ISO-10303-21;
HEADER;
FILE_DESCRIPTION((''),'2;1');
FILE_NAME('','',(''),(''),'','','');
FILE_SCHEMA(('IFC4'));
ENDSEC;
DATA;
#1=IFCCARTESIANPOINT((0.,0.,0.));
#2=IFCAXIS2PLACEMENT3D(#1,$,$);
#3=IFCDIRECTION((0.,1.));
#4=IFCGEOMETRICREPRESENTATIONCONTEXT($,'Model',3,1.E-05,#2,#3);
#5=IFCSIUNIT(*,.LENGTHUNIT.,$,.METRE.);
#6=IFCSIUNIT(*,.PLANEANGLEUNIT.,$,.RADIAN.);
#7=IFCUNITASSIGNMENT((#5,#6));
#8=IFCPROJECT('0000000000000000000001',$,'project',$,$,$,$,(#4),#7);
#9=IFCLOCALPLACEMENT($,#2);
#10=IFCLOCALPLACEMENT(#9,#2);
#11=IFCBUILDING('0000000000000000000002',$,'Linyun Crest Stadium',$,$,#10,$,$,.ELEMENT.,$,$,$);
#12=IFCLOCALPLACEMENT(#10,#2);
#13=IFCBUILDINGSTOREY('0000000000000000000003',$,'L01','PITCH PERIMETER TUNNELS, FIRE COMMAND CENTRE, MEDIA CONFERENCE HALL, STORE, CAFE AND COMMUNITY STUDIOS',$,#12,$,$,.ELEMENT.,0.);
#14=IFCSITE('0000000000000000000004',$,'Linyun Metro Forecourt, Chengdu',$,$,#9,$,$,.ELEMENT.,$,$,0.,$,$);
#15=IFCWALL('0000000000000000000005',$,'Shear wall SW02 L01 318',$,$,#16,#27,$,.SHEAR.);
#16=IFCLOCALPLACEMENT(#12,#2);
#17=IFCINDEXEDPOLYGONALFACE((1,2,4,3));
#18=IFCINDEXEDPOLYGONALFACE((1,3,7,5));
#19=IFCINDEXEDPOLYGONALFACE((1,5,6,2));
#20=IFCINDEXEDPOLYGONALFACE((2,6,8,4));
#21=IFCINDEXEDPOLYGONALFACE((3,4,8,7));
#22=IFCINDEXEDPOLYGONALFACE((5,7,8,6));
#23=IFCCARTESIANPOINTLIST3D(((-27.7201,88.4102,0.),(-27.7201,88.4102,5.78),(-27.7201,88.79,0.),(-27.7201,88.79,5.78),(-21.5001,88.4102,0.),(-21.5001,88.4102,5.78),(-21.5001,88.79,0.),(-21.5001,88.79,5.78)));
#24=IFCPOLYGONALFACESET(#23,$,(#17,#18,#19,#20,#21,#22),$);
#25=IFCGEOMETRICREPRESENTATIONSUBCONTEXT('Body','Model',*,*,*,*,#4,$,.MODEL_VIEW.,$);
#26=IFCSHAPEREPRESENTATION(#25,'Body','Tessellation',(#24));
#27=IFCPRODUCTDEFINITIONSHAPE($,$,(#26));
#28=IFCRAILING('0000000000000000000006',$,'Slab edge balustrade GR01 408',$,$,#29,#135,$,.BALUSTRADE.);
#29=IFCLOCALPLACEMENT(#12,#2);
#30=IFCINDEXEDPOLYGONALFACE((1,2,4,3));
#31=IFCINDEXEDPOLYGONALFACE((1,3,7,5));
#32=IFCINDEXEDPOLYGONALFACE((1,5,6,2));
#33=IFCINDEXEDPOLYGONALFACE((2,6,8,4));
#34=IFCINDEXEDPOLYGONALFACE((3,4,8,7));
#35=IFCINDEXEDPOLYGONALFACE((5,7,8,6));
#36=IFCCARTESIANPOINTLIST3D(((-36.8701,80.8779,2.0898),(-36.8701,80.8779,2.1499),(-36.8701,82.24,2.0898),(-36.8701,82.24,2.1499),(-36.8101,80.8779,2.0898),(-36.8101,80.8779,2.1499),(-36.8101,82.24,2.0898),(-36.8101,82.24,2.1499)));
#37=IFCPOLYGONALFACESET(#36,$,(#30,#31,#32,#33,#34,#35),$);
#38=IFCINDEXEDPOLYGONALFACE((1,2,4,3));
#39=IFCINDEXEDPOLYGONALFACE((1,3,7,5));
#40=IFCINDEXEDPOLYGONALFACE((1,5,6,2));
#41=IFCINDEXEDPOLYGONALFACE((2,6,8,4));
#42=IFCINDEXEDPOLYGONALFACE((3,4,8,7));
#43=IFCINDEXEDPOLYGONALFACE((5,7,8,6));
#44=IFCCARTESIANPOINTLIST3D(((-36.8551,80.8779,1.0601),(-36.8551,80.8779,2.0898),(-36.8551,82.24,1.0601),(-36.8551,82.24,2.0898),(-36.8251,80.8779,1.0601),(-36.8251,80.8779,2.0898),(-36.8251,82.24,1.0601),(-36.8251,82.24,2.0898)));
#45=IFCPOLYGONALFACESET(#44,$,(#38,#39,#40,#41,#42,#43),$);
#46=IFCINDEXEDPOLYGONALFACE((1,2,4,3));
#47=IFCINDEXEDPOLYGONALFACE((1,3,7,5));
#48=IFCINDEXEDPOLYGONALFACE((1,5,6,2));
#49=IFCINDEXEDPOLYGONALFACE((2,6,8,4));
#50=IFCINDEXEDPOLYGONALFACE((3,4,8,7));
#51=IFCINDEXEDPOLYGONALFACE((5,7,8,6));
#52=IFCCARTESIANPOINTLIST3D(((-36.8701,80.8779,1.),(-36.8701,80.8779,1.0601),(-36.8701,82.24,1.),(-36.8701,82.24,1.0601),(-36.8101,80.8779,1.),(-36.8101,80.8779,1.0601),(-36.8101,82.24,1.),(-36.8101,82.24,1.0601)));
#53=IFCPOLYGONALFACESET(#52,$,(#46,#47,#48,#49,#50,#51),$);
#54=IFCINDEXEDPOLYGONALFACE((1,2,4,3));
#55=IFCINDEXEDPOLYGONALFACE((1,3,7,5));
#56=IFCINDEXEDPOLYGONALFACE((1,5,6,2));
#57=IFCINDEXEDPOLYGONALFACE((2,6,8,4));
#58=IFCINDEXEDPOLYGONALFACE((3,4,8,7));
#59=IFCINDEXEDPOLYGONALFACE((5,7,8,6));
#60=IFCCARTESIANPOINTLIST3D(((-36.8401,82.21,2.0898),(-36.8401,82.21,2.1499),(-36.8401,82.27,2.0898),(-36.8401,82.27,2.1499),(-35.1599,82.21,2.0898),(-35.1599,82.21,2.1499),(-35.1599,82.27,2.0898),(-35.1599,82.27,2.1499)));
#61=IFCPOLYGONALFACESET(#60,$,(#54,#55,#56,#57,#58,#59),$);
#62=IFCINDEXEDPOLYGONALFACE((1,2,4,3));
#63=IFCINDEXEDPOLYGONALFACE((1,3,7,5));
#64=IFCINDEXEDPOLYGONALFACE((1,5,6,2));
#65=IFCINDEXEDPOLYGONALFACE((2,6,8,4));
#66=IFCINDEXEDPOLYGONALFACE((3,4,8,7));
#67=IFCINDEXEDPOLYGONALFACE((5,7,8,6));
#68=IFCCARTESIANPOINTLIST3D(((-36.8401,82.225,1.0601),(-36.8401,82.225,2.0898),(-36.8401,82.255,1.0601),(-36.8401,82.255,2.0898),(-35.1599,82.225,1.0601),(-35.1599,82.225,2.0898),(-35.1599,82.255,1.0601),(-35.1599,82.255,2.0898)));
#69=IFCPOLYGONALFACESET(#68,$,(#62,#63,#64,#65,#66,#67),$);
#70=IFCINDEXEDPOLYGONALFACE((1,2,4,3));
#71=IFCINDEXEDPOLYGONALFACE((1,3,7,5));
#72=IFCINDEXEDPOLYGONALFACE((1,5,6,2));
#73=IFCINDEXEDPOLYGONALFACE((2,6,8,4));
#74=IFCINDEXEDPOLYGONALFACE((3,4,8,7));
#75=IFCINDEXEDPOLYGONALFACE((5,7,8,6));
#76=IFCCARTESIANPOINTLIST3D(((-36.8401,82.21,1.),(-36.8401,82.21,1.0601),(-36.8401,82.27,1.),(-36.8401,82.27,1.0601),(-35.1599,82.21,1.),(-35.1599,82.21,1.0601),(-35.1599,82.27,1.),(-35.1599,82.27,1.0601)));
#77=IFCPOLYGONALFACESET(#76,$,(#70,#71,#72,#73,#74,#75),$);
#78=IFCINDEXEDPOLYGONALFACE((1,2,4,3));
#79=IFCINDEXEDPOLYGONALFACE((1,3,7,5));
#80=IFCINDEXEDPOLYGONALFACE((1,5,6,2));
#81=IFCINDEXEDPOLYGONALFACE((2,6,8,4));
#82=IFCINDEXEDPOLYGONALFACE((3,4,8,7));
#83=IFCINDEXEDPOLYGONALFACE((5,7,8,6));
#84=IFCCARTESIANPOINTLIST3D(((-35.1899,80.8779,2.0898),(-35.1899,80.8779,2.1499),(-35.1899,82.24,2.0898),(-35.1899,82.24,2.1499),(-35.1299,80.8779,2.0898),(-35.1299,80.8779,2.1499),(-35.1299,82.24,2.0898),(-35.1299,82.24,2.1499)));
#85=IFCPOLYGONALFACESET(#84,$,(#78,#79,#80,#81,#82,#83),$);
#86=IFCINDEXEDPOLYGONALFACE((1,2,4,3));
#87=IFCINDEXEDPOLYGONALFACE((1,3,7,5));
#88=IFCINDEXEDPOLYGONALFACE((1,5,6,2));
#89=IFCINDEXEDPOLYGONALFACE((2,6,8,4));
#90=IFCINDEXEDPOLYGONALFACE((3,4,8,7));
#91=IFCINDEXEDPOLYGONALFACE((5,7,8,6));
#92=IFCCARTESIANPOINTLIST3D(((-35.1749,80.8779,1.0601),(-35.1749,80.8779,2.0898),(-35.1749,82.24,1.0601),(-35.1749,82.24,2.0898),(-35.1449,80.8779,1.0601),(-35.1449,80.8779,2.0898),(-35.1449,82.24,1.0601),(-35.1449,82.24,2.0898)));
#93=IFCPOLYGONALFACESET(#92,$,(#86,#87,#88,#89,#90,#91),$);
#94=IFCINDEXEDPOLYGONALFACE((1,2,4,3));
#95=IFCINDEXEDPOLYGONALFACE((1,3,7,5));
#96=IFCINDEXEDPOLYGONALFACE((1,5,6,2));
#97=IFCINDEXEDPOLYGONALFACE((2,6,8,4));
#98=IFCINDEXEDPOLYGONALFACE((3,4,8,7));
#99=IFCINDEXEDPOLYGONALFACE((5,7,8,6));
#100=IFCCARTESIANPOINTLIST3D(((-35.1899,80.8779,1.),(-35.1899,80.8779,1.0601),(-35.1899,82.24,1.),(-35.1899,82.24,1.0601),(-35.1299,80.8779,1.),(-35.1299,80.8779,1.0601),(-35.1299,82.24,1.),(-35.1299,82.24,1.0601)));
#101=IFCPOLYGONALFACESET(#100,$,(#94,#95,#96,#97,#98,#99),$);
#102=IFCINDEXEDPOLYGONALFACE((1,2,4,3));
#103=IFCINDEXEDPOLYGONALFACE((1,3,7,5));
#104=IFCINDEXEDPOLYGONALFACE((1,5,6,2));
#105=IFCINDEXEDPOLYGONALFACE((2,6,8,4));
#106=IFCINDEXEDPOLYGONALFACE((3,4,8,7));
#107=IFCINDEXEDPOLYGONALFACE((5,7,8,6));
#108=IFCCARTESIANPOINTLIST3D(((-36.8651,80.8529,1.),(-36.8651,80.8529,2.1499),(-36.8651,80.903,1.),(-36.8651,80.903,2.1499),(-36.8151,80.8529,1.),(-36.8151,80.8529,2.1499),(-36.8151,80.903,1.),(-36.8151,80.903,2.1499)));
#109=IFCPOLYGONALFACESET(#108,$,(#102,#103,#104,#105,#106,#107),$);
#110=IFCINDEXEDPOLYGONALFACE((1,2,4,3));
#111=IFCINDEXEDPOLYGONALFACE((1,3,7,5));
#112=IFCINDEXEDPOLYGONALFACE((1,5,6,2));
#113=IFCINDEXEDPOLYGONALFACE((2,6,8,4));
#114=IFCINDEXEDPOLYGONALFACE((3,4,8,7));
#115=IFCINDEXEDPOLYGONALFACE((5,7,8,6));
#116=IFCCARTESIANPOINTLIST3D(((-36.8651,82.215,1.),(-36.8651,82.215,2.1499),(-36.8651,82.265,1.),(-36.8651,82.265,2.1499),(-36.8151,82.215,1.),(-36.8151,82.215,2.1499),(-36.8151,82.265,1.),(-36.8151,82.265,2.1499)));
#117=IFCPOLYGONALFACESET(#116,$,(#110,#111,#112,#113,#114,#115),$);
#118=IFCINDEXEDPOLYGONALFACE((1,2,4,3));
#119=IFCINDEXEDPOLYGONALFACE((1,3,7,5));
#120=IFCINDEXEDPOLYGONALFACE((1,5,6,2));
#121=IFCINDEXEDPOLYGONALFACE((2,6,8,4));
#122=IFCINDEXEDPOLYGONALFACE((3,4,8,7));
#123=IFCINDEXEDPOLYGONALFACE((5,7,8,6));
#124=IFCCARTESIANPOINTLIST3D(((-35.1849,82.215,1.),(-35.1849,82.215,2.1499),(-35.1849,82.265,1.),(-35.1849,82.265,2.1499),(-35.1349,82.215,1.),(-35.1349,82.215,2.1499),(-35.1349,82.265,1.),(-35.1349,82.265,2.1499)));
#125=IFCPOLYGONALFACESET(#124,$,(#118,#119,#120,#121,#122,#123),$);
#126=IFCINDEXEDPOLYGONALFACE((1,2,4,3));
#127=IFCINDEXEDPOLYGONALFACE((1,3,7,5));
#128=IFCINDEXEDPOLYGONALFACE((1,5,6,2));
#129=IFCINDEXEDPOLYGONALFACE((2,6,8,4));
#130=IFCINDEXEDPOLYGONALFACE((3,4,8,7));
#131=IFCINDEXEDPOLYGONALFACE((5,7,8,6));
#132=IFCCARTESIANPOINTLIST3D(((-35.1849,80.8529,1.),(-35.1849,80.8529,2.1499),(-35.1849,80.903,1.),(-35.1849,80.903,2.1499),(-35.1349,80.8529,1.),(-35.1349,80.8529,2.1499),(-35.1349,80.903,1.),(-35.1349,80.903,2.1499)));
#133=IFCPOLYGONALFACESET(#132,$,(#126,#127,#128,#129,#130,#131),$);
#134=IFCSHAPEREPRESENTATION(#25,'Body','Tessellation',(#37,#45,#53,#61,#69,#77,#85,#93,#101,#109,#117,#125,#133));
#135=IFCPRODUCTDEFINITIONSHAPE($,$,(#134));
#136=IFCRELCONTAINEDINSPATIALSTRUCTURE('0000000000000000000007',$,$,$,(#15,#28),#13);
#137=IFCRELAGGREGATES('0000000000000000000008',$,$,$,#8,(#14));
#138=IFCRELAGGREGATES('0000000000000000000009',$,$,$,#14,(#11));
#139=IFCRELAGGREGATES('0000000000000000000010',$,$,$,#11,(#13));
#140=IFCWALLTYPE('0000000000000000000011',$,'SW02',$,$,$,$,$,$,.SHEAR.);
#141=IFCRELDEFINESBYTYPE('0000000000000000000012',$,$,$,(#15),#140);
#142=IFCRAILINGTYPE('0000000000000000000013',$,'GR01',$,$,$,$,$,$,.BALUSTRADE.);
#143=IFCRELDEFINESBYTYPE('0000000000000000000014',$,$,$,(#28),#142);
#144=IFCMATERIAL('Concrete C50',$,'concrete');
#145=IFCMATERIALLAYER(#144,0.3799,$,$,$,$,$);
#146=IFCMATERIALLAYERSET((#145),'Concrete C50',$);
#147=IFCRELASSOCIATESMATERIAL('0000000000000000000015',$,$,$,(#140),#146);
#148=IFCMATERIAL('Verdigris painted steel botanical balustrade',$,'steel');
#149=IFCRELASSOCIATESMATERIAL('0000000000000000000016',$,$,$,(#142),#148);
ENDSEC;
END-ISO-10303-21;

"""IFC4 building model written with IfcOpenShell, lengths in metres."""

from ifc_helpers import new_model, si_unit, direction, frame, frame_2d, origin, origin_2d, place, context, subcontext, project, spatial, rectangle, extrude, material, layer, layer_set, type_object, element, save


model = new_model("IFC4")

# Units and contexts
model_context = context("Model", 3, precision=1e-05, world=origin(), true_north=direction((0.0, 1.0)))
body_context = subcontext(model_context, "Body", "Model", "MODEL_VIEW")
ifc_project = project(units=[si_unit("LENGTHUNIT", "METRE"), si_unit("PLANEANGLEUNIT", "RADIAN")], contexts=[model_context])

# Site, building, storey
site_placement = place(None, origin())
site = spatial("IfcSite", under=ifc_project, at=site_placement, Name="Linyun Metro Forecourt, Chengdu", CompositionType="ELEMENT", RefElevation=0.0)
building_placement = place(site_placement, origin())
building = spatial("IfcBuilding", under=site, at=building_placement, Name="Linyun Crest Stadium", CompositionType="ELEMENT")
storey_placement = place(building_placement, origin())
storey = spatial("IfcBuildingStorey", under=building, at=storey_placement, Name="L01", Description="PITCH PERIMETER TUNNELS, FIRE COMMAND CENTRE, MEDIA CONFERENCE HALL, STORE, CAFE AND COMMUNITY STUDIOS", CompositionType="ELEMENT", Elevation=0.0)

# Wall
ifc_material_1 = material(Name="Concrete C50", Category="concrete")
ifc_layer_1 = layer(ifc_material_1, 0.3799)
ifc_layer_set_1 = layer_set([ifc_layer_1], Name="Concrete C50")
wall_type_1 = type_object("IfcWallType", Name="SW02", PredefinedType="SHEAR", material=ifc_layer_set_1)
wall_1_placement = place(storey_placement, frame((-27.72, 88.6001, 0.0), z_axis=(0.0, 0.0, 1.0), x_axis=(1.0, 0.0, 0.0)))
element("IfcWall", 1, at=wall_1_placement, inside=storey, type_object=wall_type_1, Name="Shear wall SW02 L01 318", PredefinedType="SHEAR", context=body_context, shape_type="SweptSolid", body=[
    extrude(rectangle(XDim=6.22, YDim=0.3799, at=frame_2d((3.1099, 0.0))), origin(), (0.0, 0.0, 1.0), 5.78),
])

# Railing
ifc_material_2 = material(Name="Verdigris painted steel botanical balustrade", Category="steel")
railing_type = type_object("IfcRailingType", Name="GR01", PredefinedType="BALUSTRADE", material=ifc_material_2)
railing_placement = place(storey_placement, frame((-36.8401, 80.8779, 1.0)))
element("IfcRailing", 2, at=railing_placement, inside=storey, type_object=railing_type, Name="Slab edge balustrade GR01 408", PredefinedType="BALUSTRADE", context=body_context, shape_type="SweptSolid", body=[
    extrude(rectangle(XDim=0.0601, YDim=0.0601, at=origin_2d()), frame((0.0, 0.0, 1.1199), z_axis=(0.0, 1.0, 0.0), x_axis=(-1.0, 0.0, 0.0)), (0.0, 0.0, 1.0), 1.3621),
    extrude(rectangle(XDim=0.03, YDim=1.0298, at=origin_2d()), frame((0.0, 0.0, 0.575), z_axis=(0.0, 1.0, 0.0), x_axis=(-1.0, 0.0, 0.0)), (0.0, 0.0, 1.0), 1.3621),
    extrude(rectangle(XDim=0.0601, YDim=0.0601, at=origin_2d()), frame((0.0, 0.0, 0.03), z_axis=(0.0, 1.0, 0.0), x_axis=(-1.0, 0.0, 0.0)), (0.0, 0.0, 1.0), 1.3621),
    extrude(rectangle(XDim=0.0601, YDim=0.0601, at=origin_2d()), frame((0.0, 1.3621, 1.1199), z_axis=(1.0, 0.0, 0.0), x_axis=(0.0, 1.0, 0.0)), (0.0, 0.0, 1.0), 1.6802),
    extrude(rectangle(XDim=0.03, YDim=1.0298, at=origin_2d()), frame((0.0, 1.3621, 0.575), z_axis=(1.0, 0.0, 0.0), x_axis=(0.0, 1.0, 0.0)), (0.0, 0.0, 1.0), 1.6802),
    extrude(rectangle(XDim=0.0601, YDim=0.0601, at=origin_2d()), frame((0.0, 1.3621, 0.03), z_axis=(1.0, 0.0, 0.0), x_axis=(0.0, 1.0, 0.0)), (0.0, 0.0, 1.0), 1.6802),
    extrude(rectangle(XDim=0.0601, YDim=0.0601, at=origin_2d()), frame((1.6802, 1.3621, 1.1199), z_axis=(0.0, -1.0, 0.0), x_axis=(1.0, 0.0, 0.0)), (0.0, 0.0, 1.0), 1.3621),
    extrude(rectangle(XDim=0.03, YDim=1.0298, at=origin_2d()), frame((1.6802, 1.3621, 0.575), z_axis=(0.0, -1.0, 0.0), x_axis=(1.0, 0.0, 0.0)), (0.0, 0.0, 1.0), 1.3621),
    extrude(rectangle(XDim=0.0601, YDim=0.0601, at=origin_2d()), frame((1.6802, 1.3621, 0.03), z_axis=(0.0, -1.0, 0.0), x_axis=(1.0, 0.0, 0.0)), (0.0, 0.0, 1.0), 1.3621),
    extrude(rectangle(XDim=0.05, YDim=0.05, at=origin_2d()), origin(), (0.0, 0.0, 1.0), 1.1499),
    extrude(rectangle(XDim=0.05, YDim=0.05, at=origin_2d()), frame((0.0, 1.3621, 0.0)), (0.0, 0.0, 1.0), 1.1499),
    extrude(rectangle(XDim=0.05, YDim=0.05, at=origin_2d()), frame((1.6802, 1.3621, 0.0)), (0.0, 0.0, 1.0), 1.1499),
    extrude(rectangle(XDim=0.05, YDim=0.05, at=origin_2d()), frame((1.6802, 0.0, 0.0)), (0.0, 0.0, 1.0), 1.1499),
])

save(model, "model.ifc")
